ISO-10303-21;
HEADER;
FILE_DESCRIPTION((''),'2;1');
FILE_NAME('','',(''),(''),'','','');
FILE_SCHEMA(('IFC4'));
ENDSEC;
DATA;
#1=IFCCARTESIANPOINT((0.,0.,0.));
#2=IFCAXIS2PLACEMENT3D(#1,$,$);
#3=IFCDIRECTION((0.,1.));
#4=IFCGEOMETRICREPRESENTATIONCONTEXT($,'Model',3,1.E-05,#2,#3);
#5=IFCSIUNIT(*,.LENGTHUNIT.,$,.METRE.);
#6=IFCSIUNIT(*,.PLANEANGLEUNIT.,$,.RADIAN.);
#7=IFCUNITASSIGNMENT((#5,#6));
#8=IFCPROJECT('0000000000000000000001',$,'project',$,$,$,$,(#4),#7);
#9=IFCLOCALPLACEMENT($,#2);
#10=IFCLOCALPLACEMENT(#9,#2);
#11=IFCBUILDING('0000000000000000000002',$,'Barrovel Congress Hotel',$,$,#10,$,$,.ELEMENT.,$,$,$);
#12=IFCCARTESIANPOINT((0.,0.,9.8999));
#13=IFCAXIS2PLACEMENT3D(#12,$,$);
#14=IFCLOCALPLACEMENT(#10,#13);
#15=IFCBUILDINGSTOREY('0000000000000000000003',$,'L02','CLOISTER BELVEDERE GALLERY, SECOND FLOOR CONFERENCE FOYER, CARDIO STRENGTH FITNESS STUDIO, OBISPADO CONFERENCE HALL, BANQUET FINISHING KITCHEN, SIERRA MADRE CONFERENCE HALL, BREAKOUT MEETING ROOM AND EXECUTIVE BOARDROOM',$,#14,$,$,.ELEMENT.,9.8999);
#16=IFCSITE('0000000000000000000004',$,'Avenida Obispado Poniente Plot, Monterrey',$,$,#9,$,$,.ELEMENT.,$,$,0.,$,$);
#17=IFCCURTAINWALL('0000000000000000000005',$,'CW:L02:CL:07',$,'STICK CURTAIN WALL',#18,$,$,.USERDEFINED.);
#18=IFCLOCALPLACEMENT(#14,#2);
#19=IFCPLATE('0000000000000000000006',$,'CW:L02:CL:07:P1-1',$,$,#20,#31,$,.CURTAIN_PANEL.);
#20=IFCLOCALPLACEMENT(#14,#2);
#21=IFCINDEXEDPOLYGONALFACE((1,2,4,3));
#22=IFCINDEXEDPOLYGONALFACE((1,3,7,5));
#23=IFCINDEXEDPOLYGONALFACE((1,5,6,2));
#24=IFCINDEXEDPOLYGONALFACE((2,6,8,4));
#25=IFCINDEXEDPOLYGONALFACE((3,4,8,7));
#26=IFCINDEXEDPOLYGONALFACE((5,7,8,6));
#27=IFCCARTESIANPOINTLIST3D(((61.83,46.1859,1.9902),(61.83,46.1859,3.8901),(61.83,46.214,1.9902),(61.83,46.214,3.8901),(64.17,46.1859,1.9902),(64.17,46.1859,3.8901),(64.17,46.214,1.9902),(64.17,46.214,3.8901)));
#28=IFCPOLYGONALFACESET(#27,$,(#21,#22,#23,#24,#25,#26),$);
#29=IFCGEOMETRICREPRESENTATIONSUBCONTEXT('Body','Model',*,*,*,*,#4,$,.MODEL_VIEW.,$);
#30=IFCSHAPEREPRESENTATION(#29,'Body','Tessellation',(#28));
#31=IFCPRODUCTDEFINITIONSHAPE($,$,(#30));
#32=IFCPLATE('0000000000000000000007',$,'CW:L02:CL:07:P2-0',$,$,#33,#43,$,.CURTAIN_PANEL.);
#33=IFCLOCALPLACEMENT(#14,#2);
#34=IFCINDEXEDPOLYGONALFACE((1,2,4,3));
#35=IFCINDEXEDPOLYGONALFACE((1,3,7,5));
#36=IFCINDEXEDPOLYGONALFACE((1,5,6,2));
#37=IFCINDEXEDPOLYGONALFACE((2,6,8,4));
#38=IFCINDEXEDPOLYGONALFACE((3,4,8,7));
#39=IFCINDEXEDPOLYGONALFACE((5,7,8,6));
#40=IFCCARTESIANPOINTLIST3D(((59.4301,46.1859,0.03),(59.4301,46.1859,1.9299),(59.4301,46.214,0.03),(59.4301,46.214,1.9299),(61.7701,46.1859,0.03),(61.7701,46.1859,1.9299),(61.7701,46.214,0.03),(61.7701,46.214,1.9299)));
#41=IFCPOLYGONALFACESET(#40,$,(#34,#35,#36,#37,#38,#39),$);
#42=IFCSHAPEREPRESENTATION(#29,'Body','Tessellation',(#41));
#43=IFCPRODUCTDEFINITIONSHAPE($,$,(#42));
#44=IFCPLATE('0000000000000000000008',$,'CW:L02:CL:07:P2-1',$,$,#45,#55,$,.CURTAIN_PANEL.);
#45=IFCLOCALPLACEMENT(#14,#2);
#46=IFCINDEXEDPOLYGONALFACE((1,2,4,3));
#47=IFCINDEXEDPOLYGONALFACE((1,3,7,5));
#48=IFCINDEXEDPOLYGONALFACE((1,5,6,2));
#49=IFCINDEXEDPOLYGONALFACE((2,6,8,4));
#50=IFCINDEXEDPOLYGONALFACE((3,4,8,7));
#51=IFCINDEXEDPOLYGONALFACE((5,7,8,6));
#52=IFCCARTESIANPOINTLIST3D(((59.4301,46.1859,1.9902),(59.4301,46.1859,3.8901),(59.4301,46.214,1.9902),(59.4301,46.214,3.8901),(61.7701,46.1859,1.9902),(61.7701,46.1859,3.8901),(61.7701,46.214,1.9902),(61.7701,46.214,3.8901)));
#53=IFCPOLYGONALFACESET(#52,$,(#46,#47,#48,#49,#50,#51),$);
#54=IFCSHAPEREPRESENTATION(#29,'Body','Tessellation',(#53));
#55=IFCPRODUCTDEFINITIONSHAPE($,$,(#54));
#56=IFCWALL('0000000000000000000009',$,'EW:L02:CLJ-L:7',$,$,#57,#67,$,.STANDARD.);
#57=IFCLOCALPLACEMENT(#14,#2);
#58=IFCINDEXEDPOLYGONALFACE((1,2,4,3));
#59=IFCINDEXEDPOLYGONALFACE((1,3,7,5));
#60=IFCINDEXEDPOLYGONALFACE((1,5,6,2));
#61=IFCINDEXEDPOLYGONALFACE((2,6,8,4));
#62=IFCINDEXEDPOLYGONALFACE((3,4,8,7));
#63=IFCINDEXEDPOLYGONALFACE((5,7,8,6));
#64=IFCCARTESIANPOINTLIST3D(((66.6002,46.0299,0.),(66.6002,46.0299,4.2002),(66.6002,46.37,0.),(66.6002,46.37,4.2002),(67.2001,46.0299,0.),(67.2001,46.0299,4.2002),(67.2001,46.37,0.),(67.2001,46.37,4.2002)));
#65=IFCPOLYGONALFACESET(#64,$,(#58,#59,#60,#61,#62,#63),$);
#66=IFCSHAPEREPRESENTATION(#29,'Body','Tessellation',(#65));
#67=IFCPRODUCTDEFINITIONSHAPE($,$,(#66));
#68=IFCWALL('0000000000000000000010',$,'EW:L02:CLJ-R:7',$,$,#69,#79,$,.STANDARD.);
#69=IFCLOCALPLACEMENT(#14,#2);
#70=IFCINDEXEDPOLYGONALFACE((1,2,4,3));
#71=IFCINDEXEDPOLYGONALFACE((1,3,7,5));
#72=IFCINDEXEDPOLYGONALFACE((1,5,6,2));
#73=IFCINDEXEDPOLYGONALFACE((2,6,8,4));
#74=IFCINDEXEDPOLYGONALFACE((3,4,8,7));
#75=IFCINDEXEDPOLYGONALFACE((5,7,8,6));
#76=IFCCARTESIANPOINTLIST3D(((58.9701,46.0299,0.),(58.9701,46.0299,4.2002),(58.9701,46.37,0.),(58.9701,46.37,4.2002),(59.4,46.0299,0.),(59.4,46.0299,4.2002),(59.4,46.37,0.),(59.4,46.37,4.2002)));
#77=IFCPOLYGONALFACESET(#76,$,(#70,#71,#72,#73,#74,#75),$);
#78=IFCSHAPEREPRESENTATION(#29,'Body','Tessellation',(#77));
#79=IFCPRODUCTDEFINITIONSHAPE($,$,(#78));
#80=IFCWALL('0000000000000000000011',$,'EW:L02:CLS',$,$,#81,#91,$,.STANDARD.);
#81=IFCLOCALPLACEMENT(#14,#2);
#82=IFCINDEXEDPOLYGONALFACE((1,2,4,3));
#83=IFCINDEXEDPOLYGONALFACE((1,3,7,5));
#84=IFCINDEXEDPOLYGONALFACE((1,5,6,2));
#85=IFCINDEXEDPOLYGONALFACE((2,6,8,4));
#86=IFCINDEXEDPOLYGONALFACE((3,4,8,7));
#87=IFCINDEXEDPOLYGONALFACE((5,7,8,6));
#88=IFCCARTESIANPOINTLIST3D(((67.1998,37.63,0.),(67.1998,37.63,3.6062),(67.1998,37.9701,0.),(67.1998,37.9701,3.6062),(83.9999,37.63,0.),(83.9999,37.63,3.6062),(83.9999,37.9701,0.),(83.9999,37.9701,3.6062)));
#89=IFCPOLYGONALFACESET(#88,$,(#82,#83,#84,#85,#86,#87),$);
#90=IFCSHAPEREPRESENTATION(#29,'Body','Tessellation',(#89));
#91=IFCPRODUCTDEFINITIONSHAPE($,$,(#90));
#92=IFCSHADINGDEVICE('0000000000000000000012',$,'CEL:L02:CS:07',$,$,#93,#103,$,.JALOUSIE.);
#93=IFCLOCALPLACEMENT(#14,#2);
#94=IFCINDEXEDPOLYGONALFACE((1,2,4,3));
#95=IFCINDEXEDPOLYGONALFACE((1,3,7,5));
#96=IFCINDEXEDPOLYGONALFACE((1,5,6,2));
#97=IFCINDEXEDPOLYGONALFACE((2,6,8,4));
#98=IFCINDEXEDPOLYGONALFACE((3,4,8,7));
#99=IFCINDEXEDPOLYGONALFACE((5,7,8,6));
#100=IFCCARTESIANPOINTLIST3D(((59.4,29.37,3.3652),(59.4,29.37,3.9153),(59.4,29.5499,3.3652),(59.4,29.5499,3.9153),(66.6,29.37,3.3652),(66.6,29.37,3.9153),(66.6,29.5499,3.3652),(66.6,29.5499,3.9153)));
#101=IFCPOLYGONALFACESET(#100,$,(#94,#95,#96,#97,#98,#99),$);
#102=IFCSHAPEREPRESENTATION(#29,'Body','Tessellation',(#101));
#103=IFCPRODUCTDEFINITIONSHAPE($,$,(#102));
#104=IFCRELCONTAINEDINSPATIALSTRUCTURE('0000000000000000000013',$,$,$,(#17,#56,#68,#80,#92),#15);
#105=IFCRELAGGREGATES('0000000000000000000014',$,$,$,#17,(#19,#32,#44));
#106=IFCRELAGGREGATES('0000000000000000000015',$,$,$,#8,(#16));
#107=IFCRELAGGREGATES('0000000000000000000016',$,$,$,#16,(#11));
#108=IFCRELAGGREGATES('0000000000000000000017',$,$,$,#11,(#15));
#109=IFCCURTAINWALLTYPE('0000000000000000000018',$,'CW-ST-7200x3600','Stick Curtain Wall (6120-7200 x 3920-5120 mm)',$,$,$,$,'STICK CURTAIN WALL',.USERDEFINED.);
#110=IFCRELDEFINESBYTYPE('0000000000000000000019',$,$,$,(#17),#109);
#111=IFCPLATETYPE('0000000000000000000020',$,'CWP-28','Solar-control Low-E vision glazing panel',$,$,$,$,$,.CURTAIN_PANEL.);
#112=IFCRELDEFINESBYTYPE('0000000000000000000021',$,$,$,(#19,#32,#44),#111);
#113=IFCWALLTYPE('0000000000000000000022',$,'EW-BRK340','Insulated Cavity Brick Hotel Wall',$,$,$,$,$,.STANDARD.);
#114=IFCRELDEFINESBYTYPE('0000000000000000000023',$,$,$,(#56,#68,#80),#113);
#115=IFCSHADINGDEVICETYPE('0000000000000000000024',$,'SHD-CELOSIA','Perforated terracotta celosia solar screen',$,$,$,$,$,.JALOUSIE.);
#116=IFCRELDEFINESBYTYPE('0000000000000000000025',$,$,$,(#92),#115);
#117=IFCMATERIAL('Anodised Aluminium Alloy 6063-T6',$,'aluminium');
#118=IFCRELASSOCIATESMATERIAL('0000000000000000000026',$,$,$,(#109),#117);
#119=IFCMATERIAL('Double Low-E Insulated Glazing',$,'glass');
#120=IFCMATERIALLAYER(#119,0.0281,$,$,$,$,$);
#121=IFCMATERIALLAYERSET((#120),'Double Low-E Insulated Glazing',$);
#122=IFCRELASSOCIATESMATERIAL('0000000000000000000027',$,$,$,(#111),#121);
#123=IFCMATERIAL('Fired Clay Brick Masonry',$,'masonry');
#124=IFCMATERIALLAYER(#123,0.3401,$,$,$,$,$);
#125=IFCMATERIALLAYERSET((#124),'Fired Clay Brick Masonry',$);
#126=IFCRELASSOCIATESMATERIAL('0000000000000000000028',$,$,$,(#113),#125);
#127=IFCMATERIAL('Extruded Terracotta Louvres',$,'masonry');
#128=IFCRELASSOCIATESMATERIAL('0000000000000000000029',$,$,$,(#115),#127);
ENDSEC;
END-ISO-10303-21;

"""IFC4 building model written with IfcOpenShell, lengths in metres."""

from ifc_helpers import new_model, si_unit, direction, frame, frame_2d, origin, origin_2d, place, context, subcontext, project, spatial, rectangle, extrude, material, layer, layer_set, type_object, element, aggregate, save


model = new_model("IFC4")

# Units and contexts
model_context = context("Model", 3, precision=1e-05, world=origin(), true_north=direction((0.0, 1.0)))
body_context = subcontext(model_context, "Body", "Model", "MODEL_VIEW")
ifc_project = project(units=[si_unit("LENGTHUNIT", "METRE"), si_unit("PLANEANGLEUNIT", "RADIAN")], contexts=[model_context])

# Site, building, storey
site_placement = place(None, origin())
site = spatial("IfcSite", under=ifc_project, at=site_placement, Name="Avenida Obispado Poniente Plot, Monterrey", CompositionType="ELEMENT", RefElevation=0.0)
building_placement = place(site_placement, origin())
building = spatial("IfcBuilding", under=site, at=building_placement, Name="Barrovel Congress Hotel", CompositionType="ELEMENT")
storey_placement = place(building_placement, frame((0.0, 0.0, 9.8999)))
storey = spatial("IfcBuildingStorey", under=building, at=storey_placement, Name="L02", Description="CLOISTER BELVEDERE GALLERY, SECOND FLOOR CONFERENCE FOYER, CARDIO STRENGTH FITNESS STUDIO, OBISPADO CONFERENCE HALL, BANQUET FINISHING KITCHEN, SIERRA MADRE CONFERENCE HALL, BREAKOUT MEETING ROOM AND EXECUTIVE BOARDROOM", CompositionType="ELEMENT", Elevation=9.8999)

# Curtain wall
ifc_material_1 = material(Name="Anodised Aluminium Alloy 6063-T6", Category="aluminium")
curtain_wall_type = type_object("IfcCurtainWallType", Name="CW-ST-7200x3600", Description="Stick Curtain Wall (6120-7200 x 3920-5120 mm)", ElementType="STICK CURTAIN WALL", PredefinedType="USERDEFINED", material=ifc_material_1)
curtain_wall_placement = place(storey_placement, origin())
curtain_wall = element("IfcCurtainWall", 1, at=curtain_wall_placement, inside=storey, type_object=curtain_wall_type, Name="CW:L02:CL:07", ObjectType="STICK CURTAIN WALL", PredefinedType="USERDEFINED")

# Plates
ifc_material_2 = material(Name="Double Low-E Insulated Glazing", Category="glass")
ifc_layer_1 = layer(ifc_material_2, 0.0281)
ifc_layer_set_1 = layer_set([ifc_layer_1], Name="Double Low-E Insulated Glazing")
plate_type = type_object("IfcPlateType", Name="CWP-28", Description="Solar-control Low-E vision glazing panel", PredefinedType="CURTAIN_PANEL", material=ifc_layer_set_1)
plate_1_placement = place(storey_placement, frame((63.0, 46.2, 1.9902), z_axis=(0.0, 0.0, 1.0), x_axis=(-1.0, 0.0, 0.0)))
plate_1 = element("IfcPlate", 2, at=plate_1_placement, type_object=plate_type, Name="CW:L02:CL:07:P1-1", PredefinedType="CURTAIN_PANEL", context=body_context, shape_type="SweptSolid", body=[
    extrude(rectangle(XDim=2.3401, YDim=0.0281, at=origin_2d()), origin(), (0.0, 0.0, 1.0), 1.8999),
])
plate_2_placement = place(storey_placement, frame((60.6001, 46.2, 0.03), z_axis=(0.0, 0.0, 1.0), x_axis=(-1.0, 0.0, 0.0)))
plate_2 = element("IfcPlate", 3, at=plate_2_placement, type_object=plate_type, Name="CW:L02:CL:07:P2-0", PredefinedType="CURTAIN_PANEL", context=body_context, shape_type="SweptSolid", body=[
    extrude(rectangle(XDim=2.3401, YDim=0.0281, at=origin_2d()), origin(), (0.0, 0.0, 1.0), 1.8999),
])
plate_3_placement = place(storey_placement, frame((60.6001, 46.2, 1.9902), z_axis=(0.0, 0.0, 1.0), x_axis=(-1.0, 0.0, 0.0)))
plate_3 = element("IfcPlate", 4, at=plate_3_placement, type_object=plate_type, Name="CW:L02:CL:07:P2-1", PredefinedType="CURTAIN_PANEL", context=body_context, shape_type="SweptSolid", body=[
    extrude(rectangle(XDim=2.3401, YDim=0.0281, at=origin_2d()), origin(), (0.0, 0.0, 1.0), 1.8999),
])
aggregate(curtain_wall, [plate_1, plate_2, plate_3])

# Walls
ifc_material_3 = material(Name="Fired Clay Brick Masonry", Category="masonry")
ifc_layer_2 = layer(ifc_material_3, 0.3401)
ifc_layer_set_2 = layer_set([ifc_layer_2], Name="Fired Clay Brick Masonry")
wall_type = type_object("IfcWallType", Name="EW-BRK340", Description="Insulated Cavity Brick Hotel Wall", PredefinedType="STANDARD", material=ifc_layer_set_2)
wall_1_placement = place(storey_placement, frame((67.2, 46.2, 0.0), z_axis=(0.0, 0.0, 1.0), x_axis=(-1.0, 0.0, 0.0)))
element("IfcWall", 5, at=wall_1_placement, inside=storey, type_object=wall_type, Name="EW:L02:CLJ-L:7", PredefinedType="STANDARD", context=body_context, shape_type="SweptSolid", body=[
    extrude(rectangle(XDim=0.5999, YDim=0.3401, at=frame_2d((0.2998, 0.0))), origin(), (0.0, 0.0, 1.0), 4.2002),
])
wall_2_placement = place(storey_placement, frame((59.3999, 46.2, 0.0), z_axis=(0.0, 0.0, 1.0), x_axis=(-1.0, 0.0, 0.0)))
element("IfcWall", 6, at=wall_2_placement, inside=storey, type_object=wall_type, Name="EW:L02:CLJ-R:7", PredefinedType="STANDARD", context=body_context, shape_type="SweptSolid", body=[
    extrude(rectangle(XDim=0.4299, YDim=0.3401, at=frame_2d((0.2148, 0.0))), origin(), (0.0, 0.0, 1.0), 4.2002),
])
wall_3_placement = place(storey_placement, frame((67.2, 37.8, 0.0), z_axis=(0.0, 0.0, 1.0), x_axis=(1.0, 0.0, 0.0)))
element("IfcWall", 7, at=wall_3_placement, inside=storey, type_object=wall_type, Name="EW:L02:CLS", PredefinedType="STANDARD", context=body_context, shape_type="SweptSolid", body=[
    extrude(rectangle(XDim=16.8, YDim=0.3401, at=frame_2d((8.3999, 0.0))), origin(), (0.0, 0.0, 1.0), 3.6062),
])

# Shading device
ifc_material_4 = material(Name="Extruded Terracotta Louvres", Category="masonry")
shading_device_type = type_object("IfcShadingDeviceType", Name="SHD-CELOSIA", Description="Perforated terracotta celosia solar screen", PredefinedType="JALOUSIE", material=ifc_material_4)
shading_device_placement = place(storey_placement, frame((63.0, 29.46, 3.3652), z_axis=(0.0, 0.0, 1.0), x_axis=(1.0, 0.0, 0.0)))
element("IfcShadingDevice", 8, at=shading_device_placement, inside=storey, type_object=shading_device_type, Name="CEL:L02:CS:07", PredefinedType="JALOUSIE", context=body_context, shape_type="SweptSolid", body=[
    extrude(rectangle(XDim=7.2, YDim=0.1799, at=origin_2d()), origin(), (0.0, 0.0, 1.0), 0.55),
])

save(model, "model.ifc")
